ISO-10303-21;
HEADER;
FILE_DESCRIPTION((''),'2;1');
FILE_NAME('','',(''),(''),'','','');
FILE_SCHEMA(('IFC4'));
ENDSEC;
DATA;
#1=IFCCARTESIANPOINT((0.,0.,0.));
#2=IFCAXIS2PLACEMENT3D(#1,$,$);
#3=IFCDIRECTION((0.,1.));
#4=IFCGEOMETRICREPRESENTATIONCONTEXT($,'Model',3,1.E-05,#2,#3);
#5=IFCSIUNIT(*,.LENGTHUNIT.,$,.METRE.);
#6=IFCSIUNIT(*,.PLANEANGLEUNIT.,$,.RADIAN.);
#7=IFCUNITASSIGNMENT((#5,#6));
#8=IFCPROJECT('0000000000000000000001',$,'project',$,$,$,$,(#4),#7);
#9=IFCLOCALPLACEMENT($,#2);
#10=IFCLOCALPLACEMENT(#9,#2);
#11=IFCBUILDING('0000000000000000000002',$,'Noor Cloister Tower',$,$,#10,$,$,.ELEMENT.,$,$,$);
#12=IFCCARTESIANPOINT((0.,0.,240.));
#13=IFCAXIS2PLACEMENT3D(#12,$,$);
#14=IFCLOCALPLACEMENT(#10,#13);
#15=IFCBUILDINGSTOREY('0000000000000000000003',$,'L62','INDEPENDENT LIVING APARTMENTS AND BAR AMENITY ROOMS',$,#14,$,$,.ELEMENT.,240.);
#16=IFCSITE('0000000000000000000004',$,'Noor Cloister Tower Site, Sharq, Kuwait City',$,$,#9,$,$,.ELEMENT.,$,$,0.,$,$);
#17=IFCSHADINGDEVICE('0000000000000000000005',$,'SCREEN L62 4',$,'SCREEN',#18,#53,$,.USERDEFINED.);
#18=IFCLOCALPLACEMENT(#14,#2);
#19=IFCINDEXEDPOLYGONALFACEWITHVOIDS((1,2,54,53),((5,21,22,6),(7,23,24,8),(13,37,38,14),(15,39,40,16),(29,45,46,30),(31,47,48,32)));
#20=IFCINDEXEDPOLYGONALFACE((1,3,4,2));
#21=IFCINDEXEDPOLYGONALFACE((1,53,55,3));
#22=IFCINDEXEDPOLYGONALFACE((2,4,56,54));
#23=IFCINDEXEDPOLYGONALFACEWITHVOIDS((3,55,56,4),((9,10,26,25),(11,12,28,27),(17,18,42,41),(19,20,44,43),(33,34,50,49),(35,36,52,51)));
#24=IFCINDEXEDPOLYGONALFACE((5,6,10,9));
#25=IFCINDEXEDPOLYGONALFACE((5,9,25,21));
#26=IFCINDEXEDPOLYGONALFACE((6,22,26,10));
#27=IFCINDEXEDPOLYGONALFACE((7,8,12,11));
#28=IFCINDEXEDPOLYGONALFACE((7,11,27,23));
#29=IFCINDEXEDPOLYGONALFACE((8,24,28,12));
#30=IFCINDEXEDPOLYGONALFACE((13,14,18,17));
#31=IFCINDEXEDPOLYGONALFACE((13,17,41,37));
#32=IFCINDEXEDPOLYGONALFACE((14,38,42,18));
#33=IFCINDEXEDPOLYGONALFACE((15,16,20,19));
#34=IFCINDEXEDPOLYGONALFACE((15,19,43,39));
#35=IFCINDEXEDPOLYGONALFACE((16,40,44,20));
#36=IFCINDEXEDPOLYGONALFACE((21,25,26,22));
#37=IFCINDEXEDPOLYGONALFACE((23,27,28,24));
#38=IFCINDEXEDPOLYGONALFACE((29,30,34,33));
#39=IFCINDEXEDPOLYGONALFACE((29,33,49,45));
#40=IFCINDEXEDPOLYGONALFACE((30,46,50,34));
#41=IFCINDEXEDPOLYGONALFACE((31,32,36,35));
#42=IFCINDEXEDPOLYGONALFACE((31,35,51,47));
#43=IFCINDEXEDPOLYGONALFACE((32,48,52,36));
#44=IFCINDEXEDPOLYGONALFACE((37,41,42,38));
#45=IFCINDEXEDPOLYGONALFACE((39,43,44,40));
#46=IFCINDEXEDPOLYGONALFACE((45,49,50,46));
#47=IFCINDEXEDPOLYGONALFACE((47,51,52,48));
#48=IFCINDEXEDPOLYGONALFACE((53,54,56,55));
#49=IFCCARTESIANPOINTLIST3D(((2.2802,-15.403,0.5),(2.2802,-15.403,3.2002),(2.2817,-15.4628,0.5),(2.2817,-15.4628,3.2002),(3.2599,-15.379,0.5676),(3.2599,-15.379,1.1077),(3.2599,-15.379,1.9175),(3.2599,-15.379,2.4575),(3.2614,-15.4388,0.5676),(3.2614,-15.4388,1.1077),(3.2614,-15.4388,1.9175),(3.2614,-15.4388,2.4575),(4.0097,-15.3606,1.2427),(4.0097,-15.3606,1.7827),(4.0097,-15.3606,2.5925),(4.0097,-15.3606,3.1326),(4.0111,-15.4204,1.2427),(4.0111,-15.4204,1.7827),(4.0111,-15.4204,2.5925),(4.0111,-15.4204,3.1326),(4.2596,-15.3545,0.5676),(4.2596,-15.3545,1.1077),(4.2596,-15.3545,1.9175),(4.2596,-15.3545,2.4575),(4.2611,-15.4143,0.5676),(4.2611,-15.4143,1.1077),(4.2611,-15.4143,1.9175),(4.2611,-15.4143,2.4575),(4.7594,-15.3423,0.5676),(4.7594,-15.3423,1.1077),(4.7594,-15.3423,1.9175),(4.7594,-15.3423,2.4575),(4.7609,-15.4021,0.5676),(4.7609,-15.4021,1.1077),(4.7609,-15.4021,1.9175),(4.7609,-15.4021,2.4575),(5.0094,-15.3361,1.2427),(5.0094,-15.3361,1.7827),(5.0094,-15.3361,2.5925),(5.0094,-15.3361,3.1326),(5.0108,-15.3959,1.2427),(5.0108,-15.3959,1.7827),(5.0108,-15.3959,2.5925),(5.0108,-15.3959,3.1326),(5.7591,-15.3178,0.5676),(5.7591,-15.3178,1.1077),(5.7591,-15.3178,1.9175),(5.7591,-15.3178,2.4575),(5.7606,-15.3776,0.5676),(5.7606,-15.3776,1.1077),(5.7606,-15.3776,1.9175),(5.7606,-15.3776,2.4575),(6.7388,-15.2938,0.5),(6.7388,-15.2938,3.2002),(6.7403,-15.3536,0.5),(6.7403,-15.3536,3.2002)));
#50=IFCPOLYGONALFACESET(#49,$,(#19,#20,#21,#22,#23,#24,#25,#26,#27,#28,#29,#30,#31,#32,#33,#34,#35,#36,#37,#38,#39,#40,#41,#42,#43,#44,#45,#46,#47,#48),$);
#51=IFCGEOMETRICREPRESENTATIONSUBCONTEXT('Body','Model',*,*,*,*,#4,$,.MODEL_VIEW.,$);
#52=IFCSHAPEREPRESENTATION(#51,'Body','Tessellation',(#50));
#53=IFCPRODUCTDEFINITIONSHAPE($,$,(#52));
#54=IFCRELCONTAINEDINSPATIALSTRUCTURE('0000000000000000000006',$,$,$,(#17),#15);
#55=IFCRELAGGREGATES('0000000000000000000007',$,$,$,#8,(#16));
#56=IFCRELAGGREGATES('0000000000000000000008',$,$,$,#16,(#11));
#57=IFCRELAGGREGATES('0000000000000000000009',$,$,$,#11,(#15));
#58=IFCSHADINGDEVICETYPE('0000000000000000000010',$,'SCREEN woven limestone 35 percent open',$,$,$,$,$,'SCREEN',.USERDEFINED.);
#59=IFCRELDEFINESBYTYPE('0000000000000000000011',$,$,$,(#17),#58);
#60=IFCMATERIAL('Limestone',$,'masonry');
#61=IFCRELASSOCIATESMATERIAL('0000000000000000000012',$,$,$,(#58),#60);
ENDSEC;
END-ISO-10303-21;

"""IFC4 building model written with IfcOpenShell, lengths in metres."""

from ifc_helpers import new_model, si_unit, direction, frame, origin, place, context, subcontext, project, spatial, polyline, outline, extrude, material, material_profile, profile_set, type_object, element, save


model = new_model("IFC4")

# Units and contexts
model_context = context("Model", 3, precision=1e-05, world=origin(), true_north=direction((0.0, 1.0)))
body_context = subcontext(model_context, "Body", "Model", "MODEL_VIEW")
ifc_project = project(units=[si_unit("LENGTHUNIT", "METRE"), si_unit("PLANEANGLEUNIT", "RADIAN")], contexts=[model_context])

# Site, building, storey
site_placement = place(None, origin())
site = spatial("IfcSite", under=ifc_project, at=site_placement, Name="Noor Cloister Tower Site, Sharq, Kuwait City", CompositionType="ELEMENT", RefElevation=0.0)
building_placement = place(site_placement, origin())
building = spatial("IfcBuilding", under=site, at=building_placement, Name="Noor Cloister Tower", CompositionType="ELEMENT")
storey_placement = place(building_placement, frame((0.0, 0.0, 240.0)))
storey = spatial("IfcBuildingStorey", under=building, at=storey_placement, Name="L62", Description="INDEPENDENT LIVING APARTMENTS AND BAR AMENITY ROOMS", CompositionType="ELEMENT", Elevation=240.0)

# Shading device
ifc_material_1 = material(Name="Limestone", Category="masonry")
ifc_material_profile_1 = material_profile(ifc_material_1, outline(polyline([(-2.23, -1.3501), (2.23, -1.3501), (2.23, 1.3501), (-2.23, 1.3501), (-2.23, -1.3501)]), holes=[polyline([(-1.25, -1.2825), (-0.25, -1.2825), (-0.25, -0.7424), (-1.25, -0.7424), (-1.25, -1.2825)]), polyline([(0.25, -1.2825), (1.25, -1.2825), (1.25, -0.7424), (0.25, -0.7424), (0.25, -1.2825)]), polyline([(-0.5, -0.6074), (0.5, -0.6074), (0.5, -0.0674), (-0.5, -0.0674), (-0.5, -0.6074)]), polyline([(-1.25, 0.0674), (-0.25, 0.0674), (-0.25, 0.6074), (-1.25, 0.6074), (-1.25, 0.0674)]), polyline([(0.25, 0.0674), (1.25, 0.0674), (1.25, 0.6074), (0.25, 0.6074), (0.25, 0.0674)]), polyline([(-0.5, 0.7424), (0.5, 0.7424), (0.5, 1.2825), (-0.5, 1.2825), (-0.5, 0.7424)])]), Name="Woven screen 35 percent open")
ifc_profile_set_1 = profile_set([ifc_material_profile_1], Name="Limestone")
shading_device_type = type_object("IfcShadingDeviceType", Name="SCREEN woven limestone 35 percent open", ElementType="SCREEN", PredefinedType="USERDEFINED", material=ifc_profile_set_1)
shading_device_placement = place(storey_placement, frame((4.5095, -15.3484, 1.8501), z_axis=(0.024482, -0.9997, 0.0), x_axis=(0.9997, 0.024482, 0.0)))
element("IfcShadingDevice", 1, at=shading_device_placement, inside=storey, type_object=shading_device_type, Name="SCREEN L62 4", ObjectType="SCREEN", PredefinedType="USERDEFINED", context=body_context, shape_type="SweptSolid", body=[
    extrude(outline(polyline([(-2.23, -1.3501), (2.23, -1.3501), (2.23, 1.3501), (-2.23, 1.3501), (-2.23, -1.3501)]), holes=[polyline([(-1.25, -1.2825), (-0.25, -1.2825), (-0.25, -0.7424), (-1.25, -0.7424), (-1.25, -1.2825)]), polyline([(0.25, -1.2825), (1.25, -1.2825), (1.25, -0.7424), (0.25, -0.7424), (0.25, -1.2825)]), polyline([(-0.5, -0.6074), (0.5, -0.6074), (0.5, -0.0674), (-0.5, -0.0674), (-0.5, -0.6074)]), polyline([(-1.25, 0.0674), (-0.25, 0.0674), (-0.25, 0.6074), (-1.25, 0.6074), (-1.25, 0.0674)]), polyline([(0.25, 0.0674), (1.25, 0.0674), (1.25, 0.6074), (0.25, 0.6074), (0.25, 0.0674)]), polyline([(-0.5, 0.7424), (0.5, 0.7424), (0.5, 1.2825), (-0.5, 1.2825), (-0.5, 0.7424)])]), origin(), (0.0, 0.0, 1.0), 0.0598),
])

save(model, "model.ifc")
